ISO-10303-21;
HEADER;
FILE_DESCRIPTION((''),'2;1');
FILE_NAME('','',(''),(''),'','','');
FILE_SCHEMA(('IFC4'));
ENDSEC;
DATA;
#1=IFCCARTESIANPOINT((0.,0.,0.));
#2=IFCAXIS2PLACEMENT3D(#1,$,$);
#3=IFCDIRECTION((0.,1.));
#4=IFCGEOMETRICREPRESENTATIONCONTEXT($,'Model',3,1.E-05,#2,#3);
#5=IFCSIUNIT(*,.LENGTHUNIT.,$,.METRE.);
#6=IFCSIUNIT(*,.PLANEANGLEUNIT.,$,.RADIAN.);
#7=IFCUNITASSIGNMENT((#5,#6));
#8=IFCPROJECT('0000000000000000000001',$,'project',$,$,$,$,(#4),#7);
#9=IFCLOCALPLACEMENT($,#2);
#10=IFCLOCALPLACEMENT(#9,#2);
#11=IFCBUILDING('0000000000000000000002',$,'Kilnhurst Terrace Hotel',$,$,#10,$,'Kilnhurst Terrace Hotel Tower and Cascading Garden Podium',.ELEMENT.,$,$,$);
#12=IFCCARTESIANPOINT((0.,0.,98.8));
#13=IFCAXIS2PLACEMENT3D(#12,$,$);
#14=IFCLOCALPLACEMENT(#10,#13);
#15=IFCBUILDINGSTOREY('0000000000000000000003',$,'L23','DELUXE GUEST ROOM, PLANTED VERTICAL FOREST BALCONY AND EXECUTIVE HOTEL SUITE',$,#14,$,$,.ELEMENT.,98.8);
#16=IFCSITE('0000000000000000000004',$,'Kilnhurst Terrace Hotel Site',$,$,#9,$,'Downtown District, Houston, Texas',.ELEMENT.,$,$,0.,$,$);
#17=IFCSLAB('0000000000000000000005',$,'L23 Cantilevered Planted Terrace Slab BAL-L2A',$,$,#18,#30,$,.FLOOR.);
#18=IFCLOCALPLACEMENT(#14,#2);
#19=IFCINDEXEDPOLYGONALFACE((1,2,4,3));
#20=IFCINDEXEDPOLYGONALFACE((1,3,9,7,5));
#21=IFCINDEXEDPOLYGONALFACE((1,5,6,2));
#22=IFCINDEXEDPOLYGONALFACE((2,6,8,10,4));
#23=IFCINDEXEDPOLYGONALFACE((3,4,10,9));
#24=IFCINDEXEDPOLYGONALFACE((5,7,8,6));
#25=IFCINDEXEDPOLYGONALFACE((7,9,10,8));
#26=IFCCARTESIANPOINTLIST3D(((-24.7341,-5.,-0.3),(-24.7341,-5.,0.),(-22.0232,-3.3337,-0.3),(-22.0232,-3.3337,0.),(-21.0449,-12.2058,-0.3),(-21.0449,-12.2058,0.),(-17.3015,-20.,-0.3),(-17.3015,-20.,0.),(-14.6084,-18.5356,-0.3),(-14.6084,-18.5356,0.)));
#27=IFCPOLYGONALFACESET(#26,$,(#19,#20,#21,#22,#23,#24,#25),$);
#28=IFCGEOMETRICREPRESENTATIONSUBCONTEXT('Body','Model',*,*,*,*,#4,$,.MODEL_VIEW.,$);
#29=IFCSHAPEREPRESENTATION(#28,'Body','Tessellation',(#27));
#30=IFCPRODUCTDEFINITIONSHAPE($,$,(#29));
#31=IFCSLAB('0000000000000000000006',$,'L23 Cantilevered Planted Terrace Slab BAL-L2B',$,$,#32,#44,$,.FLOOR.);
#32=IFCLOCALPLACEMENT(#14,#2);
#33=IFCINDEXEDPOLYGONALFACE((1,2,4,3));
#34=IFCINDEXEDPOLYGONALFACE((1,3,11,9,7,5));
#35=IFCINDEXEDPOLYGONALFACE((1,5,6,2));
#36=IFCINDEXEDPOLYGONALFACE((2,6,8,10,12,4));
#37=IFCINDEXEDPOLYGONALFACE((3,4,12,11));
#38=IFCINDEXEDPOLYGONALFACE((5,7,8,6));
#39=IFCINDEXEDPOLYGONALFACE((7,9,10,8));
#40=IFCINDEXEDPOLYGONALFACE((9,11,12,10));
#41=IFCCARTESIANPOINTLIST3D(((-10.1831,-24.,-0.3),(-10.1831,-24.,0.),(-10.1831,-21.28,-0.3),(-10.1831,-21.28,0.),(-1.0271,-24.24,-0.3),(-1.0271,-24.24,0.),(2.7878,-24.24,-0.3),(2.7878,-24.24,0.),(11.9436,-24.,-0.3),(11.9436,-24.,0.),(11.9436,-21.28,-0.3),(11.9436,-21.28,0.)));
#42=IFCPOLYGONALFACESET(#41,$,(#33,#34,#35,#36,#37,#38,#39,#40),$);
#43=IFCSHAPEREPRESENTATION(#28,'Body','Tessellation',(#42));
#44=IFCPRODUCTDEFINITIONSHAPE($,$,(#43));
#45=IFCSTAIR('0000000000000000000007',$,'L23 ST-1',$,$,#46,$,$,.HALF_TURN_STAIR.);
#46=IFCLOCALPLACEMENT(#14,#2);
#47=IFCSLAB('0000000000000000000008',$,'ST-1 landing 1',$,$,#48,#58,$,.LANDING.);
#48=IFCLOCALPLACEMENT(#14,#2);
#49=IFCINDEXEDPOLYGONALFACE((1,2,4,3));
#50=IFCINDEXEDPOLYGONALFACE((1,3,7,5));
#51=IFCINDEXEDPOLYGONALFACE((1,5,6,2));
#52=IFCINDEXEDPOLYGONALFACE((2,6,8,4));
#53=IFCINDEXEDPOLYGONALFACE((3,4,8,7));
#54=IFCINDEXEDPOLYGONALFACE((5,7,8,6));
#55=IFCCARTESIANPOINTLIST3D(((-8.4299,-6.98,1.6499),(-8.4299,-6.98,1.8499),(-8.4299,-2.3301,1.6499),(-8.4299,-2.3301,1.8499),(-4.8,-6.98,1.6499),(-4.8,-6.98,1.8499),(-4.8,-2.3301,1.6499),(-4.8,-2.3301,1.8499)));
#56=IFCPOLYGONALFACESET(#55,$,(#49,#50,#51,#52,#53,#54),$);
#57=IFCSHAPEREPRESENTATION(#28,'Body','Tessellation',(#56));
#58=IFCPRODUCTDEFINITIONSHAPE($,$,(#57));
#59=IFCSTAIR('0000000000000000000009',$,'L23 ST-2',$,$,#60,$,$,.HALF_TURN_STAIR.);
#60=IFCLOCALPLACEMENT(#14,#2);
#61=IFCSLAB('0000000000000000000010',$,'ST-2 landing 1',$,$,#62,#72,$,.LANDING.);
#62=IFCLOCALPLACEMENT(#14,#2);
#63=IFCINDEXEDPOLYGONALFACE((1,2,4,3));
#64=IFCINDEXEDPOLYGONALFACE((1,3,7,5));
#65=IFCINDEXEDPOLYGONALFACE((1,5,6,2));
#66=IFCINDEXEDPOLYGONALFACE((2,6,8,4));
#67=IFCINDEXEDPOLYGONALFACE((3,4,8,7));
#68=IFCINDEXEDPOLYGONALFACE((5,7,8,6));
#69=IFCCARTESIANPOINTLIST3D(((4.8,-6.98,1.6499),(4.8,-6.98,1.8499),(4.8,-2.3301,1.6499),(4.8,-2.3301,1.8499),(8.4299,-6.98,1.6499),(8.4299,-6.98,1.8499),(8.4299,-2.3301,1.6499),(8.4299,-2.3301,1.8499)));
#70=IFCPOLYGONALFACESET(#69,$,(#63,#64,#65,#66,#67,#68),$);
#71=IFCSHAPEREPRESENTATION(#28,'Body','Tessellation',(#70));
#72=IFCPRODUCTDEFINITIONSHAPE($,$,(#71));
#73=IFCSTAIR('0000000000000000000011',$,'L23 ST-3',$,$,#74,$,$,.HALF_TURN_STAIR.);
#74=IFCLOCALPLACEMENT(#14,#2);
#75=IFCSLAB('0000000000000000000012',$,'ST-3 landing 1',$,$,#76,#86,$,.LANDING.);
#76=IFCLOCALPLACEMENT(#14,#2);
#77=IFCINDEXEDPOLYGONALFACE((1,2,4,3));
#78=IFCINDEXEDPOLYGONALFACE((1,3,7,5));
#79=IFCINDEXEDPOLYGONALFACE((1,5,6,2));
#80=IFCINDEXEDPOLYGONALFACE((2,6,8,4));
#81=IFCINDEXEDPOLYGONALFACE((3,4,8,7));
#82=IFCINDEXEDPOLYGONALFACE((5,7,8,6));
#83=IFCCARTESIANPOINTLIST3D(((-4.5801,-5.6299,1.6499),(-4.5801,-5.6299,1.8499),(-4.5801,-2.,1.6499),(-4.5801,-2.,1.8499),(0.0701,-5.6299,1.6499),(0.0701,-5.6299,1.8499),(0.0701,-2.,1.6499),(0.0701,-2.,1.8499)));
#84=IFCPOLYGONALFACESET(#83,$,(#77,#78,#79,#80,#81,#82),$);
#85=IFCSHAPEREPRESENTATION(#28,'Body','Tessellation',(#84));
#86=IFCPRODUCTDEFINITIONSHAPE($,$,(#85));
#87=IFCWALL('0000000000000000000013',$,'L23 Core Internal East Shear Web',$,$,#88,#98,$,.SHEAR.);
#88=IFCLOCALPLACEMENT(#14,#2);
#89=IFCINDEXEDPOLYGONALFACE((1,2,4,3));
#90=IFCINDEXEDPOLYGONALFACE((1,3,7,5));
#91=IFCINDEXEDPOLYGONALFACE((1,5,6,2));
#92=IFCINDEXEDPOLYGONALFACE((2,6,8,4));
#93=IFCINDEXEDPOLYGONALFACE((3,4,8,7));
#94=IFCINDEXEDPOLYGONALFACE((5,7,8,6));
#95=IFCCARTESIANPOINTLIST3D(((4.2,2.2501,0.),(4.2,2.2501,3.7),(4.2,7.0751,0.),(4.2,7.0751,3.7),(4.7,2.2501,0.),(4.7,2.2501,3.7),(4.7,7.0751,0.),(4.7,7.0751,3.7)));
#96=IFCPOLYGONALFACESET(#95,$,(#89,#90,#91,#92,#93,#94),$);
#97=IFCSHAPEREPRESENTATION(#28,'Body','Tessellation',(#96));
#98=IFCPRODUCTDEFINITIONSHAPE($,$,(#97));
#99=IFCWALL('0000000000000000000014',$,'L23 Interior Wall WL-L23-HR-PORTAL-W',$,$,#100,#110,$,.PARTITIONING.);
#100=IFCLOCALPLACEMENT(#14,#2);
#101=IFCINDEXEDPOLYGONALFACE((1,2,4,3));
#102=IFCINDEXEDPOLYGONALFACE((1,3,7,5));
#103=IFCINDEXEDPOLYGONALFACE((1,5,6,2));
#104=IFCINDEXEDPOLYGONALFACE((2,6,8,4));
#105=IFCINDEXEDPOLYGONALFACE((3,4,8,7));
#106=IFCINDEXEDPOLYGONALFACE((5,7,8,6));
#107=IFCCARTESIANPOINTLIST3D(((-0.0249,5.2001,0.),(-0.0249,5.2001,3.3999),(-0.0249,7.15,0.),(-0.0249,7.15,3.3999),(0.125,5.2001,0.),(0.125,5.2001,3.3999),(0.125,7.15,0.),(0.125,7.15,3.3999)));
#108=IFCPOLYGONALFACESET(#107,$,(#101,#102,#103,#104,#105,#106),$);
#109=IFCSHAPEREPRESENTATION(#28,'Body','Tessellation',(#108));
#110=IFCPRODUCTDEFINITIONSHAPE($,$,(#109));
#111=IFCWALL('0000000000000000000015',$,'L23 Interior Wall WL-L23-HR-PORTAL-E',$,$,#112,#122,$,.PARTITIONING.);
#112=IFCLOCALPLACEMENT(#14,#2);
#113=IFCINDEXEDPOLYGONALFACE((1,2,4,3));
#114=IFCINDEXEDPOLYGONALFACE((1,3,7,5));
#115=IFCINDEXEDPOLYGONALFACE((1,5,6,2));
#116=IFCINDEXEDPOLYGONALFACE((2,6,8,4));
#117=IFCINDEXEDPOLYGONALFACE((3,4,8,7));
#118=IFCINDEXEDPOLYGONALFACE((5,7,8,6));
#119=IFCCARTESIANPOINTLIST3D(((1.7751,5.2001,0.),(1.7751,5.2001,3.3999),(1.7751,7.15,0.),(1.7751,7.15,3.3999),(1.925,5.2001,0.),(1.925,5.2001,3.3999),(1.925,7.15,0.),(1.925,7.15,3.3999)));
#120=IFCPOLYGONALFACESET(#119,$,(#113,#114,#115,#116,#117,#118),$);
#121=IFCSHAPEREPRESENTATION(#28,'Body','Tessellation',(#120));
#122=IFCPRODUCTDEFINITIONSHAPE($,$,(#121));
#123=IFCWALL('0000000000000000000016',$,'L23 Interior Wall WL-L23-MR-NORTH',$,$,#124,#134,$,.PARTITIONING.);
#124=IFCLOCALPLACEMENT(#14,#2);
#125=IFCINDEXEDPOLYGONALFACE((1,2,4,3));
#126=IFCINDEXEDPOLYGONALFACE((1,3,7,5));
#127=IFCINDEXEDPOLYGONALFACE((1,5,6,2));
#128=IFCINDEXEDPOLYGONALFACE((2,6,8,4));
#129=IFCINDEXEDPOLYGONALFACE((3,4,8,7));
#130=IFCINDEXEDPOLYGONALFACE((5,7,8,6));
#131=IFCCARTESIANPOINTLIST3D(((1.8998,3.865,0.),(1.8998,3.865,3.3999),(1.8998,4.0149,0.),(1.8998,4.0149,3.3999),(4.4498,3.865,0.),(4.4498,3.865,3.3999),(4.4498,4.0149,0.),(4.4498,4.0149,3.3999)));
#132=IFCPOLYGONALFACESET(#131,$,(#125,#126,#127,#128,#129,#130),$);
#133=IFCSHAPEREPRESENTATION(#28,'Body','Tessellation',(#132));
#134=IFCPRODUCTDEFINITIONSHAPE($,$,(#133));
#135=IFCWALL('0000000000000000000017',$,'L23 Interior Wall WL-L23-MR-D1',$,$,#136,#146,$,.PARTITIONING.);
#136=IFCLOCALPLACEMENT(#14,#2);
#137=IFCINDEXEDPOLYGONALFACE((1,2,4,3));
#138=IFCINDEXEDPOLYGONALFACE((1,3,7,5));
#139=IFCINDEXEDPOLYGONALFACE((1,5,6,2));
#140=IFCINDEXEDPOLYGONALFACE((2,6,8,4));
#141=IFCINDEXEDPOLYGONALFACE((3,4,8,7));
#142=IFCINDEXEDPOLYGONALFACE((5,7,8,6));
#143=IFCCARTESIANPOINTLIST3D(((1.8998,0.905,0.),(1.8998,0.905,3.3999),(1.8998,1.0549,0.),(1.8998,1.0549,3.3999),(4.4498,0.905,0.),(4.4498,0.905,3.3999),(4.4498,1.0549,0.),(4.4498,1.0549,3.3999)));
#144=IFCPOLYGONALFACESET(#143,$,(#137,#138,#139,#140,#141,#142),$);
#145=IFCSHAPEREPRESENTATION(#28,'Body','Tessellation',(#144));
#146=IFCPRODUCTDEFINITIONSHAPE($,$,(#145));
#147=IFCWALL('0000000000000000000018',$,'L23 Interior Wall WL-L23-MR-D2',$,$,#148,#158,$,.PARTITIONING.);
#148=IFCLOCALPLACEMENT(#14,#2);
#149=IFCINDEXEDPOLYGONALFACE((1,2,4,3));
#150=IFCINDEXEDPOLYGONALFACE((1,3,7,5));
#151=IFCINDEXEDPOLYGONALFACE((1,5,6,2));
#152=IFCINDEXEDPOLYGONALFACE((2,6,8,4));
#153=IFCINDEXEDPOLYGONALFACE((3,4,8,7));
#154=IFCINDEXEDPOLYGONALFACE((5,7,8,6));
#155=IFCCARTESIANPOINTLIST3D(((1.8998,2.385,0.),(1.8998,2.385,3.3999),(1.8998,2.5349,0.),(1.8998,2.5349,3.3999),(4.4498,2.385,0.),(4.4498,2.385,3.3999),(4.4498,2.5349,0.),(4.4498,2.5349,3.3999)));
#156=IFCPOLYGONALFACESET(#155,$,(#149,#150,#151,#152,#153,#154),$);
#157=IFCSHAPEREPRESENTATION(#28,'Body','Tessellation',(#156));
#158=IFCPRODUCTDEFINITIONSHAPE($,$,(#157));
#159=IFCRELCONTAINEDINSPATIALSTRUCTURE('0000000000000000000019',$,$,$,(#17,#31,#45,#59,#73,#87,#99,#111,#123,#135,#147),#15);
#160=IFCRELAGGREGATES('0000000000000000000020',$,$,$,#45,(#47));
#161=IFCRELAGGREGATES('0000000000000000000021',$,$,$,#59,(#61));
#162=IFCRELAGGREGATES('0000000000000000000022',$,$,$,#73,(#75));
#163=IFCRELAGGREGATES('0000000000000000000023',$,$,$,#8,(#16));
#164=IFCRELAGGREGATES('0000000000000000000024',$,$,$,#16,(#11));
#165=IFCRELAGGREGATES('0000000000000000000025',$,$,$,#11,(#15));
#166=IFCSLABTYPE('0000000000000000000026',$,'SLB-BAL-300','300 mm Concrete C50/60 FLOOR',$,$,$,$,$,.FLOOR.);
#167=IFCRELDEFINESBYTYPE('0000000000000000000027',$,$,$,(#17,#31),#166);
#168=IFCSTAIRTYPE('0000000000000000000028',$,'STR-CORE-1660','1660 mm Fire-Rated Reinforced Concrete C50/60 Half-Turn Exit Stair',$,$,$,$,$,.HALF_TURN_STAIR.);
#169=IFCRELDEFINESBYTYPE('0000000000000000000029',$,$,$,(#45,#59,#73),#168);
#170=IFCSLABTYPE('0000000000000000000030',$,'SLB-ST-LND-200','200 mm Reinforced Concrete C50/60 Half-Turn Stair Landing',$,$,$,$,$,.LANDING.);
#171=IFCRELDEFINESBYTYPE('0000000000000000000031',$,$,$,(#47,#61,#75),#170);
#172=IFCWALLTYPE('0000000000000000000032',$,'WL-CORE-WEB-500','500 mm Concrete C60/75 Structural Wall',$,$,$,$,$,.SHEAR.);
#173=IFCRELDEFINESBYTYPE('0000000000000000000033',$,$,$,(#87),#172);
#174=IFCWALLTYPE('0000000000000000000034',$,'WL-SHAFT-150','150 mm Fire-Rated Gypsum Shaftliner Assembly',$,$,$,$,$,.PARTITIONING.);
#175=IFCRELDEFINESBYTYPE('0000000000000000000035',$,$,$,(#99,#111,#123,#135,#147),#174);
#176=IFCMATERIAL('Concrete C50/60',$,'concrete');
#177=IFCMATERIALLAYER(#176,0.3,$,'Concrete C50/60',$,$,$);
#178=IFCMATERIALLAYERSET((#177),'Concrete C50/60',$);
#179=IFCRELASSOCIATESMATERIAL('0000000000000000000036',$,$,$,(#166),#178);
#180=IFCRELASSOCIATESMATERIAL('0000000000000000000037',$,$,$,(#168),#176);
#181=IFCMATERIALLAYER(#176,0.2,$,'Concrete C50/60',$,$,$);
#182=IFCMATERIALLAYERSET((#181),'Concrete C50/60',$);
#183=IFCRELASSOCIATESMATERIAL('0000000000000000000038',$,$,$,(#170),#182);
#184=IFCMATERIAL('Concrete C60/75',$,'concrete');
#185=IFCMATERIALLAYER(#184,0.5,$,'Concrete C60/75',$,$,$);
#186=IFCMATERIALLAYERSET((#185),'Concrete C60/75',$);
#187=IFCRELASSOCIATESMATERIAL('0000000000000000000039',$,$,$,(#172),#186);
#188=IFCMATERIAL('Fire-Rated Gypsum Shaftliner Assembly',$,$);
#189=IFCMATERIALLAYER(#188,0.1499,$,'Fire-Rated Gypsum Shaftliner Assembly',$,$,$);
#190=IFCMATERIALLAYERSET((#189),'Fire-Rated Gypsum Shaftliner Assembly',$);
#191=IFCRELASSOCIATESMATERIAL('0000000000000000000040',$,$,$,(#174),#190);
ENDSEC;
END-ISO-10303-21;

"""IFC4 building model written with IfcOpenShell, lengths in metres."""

from ifc_helpers import new_model, si_unit, direction, frame, frame_2d, origin, place, context, subcontext, project, spatial, polyline, rectangle, outline, extrude, material, layer, layer_set, type_object, element, aggregate, save


model = new_model("IFC4")

# Units and contexts
model_context = context("Model", 3, precision=1e-05, world=origin(), true_north=direction((0.0, 1.0)))
body_context = subcontext(model_context, "Body", "Model", "MODEL_VIEW")
ifc_project = project(units=[si_unit("LENGTHUNIT", "METRE"), si_unit("PLANEANGLEUNIT", "RADIAN")], contexts=[model_context])

# Site, building, storey
site_placement = place(None, origin())
site = spatial("IfcSite", under=ifc_project, at=site_placement, Name="Kilnhurst Terrace Hotel Site", LongName="Downtown District, Houston, Texas", CompositionType="ELEMENT", RefElevation=0.0)
building_placement = place(site_placement, origin())
building = spatial("IfcBuilding", under=site, at=building_placement, Name="Kilnhurst Terrace Hotel", LongName="Kilnhurst Terrace Hotel Tower and Cascading Garden Podium", CompositionType="ELEMENT")
storey_placement = place(building_placement, frame((0.0, 0.0, 98.8)))
storey = spatial("IfcBuildingStorey", under=building, at=storey_placement, Name="L23", Description="DELUXE GUEST ROOM, PLANTED VERTICAL FOREST BALCONY AND EXECUTIVE HOTEL SUITE", CompositionType="ELEMENT", Elevation=98.8)

# Slabs
ifc_material_1 = material(Name="Concrete C50/60", Category="concrete")
ifc_layer_1 = layer(ifc_material_1, 0.3, Name="Concrete C50/60")
ifc_layer_set_1 = layer_set([ifc_layer_1], Name="Concrete C50/60")
slab_type_1 = type_object("IfcSlabType", Name="SLB-BAL-300", Description="300 mm Concrete C50/60 FLOOR", PredefinedType="FLOOR", material=ifc_layer_set_1)
slab_1_placement = place(storey_placement, frame((0.0, 0.0, -0.3)))
element("IfcSlab", 1, at=slab_1_placement, inside=storey, type_object=slab_type_1, Name="L23 Cantilevered Planted Terrace Slab BAL-L2A", PredefinedType="FLOOR", context=body_context, shape_type="SweptSolid", body=[
    extrude(outline(polyline([(-24.7341, -5.0), (-22.0232, -3.3337), (-14.6084, -18.5356), (-17.3015, -20.0), (-21.0449, -12.2058), (-24.7341, -5.0)])), origin(), (0.0, 0.0, 1.0), 0.3),
])
slab_2_placement = place(storey_placement, frame((0.0, 0.0, -0.3)))
element("IfcSlab", 2, at=slab_2_placement, inside=storey, type_object=slab_type_1, Name="L23 Cantilevered Planted Terrace Slab BAL-L2B", PredefinedType="FLOOR", context=body_context, shape_type="SweptSolid", body=[
    extrude(outline(polyline([(-1.0271, -24.24), (-10.1831, -24.0), (-10.1831, -21.28), (11.9436, -21.28), (11.9436, -24.0), (2.7878, -24.24), (-1.0271, -24.24)])), origin(), (0.0, 0.0, 1.0), 0.3),
])

# Stairs, slabs
stair_type = type_object("IfcStairType", Name="STR-CORE-1660", Description="1660 mm Fire-Rated Reinforced Concrete C50/60 Half-Turn Exit Stair", PredefinedType="HALF_TURN_STAIR", material=ifc_material_1)
stair_1_placement = place(storey_placement, origin())
stair_1 = element("IfcStair", 3, at=stair_1_placement, inside=storey, type_object=stair_type, Name="L23 ST-1", PredefinedType="HALF_TURN_STAIR")
ifc_layer_2 = layer(ifc_material_1, 0.2, Name="Concrete C50/60")
ifc_layer_set_2 = layer_set([ifc_layer_2], Name="Concrete C50/60")
slab_type_2 = type_object("IfcSlabType", Name="SLB-ST-LND-200", Description="200 mm Reinforced Concrete C50/60 Half-Turn Stair Landing", PredefinedType="LANDING", material=ifc_layer_set_2)
slab_3_placement = place(storey_placement, frame((0.0, 0.0, 1.6499)))
slab_3 = element("IfcSlab", 4, at=slab_3_placement, type_object=slab_type_2, Name="ST-1 landing 1", PredefinedType="LANDING", context=body_context, shape_type="SweptSolid", body=[
    extrude(outline(polyline([(-8.4299, -2.3301), (-4.8, -2.3301), (-4.8, -6.98), (-8.4299, -6.98), (-8.4299, -2.3301)])), origin(), (0.0, 0.0, 1.0), 0.2),
])
aggregate(stair_1, [slab_3])
stair_2_placement = place(storey_placement, origin())
stair_2 = element("IfcStair", 5, at=stair_2_placement, inside=storey, type_object=stair_type, Name="L23 ST-2", PredefinedType="HALF_TURN_STAIR")
slab_4_placement = place(storey_placement, frame((0.0, 0.0, 1.6499)))
slab_4 = element("IfcSlab", 6, at=slab_4_placement, type_object=slab_type_2, Name="ST-2 landing 1", PredefinedType="LANDING", context=body_context, shape_type="SweptSolid", body=[
    extrude(outline(polyline([(4.8, -2.3301), (8.4299, -2.3301), (8.4299, -6.98), (4.8, -6.98), (4.8, -2.3301)])), origin(), (0.0, 0.0, 1.0), 0.2),
])
aggregate(stair_2, [slab_4])
stair_3_placement = place(storey_placement, origin())
stair_3 = element("IfcStair", 7, at=stair_3_placement, inside=storey, type_object=stair_type, Name="L23 ST-3", PredefinedType="HALF_TURN_STAIR")
slab_5_placement = place(storey_placement, frame((0.0, 0.0, 1.6499)))
slab_5 = element("IfcSlab", 8, at=slab_5_placement, type_object=slab_type_2, Name="ST-3 landing 1", PredefinedType="LANDING", context=body_context, shape_type="SweptSolid", body=[
    extrude(outline(polyline([(0.0701, -2.0), (0.0701, -5.6299), (-4.5801, -5.6299), (-4.5801, -2.0), (0.0701, -2.0)])), origin(), (0.0, 0.0, 1.0), 0.2),
])
aggregate(stair_3, [slab_5])

# Walls
ifc_material_2 = material(Name="Concrete C60/75", Category="concrete")
ifc_layer_3 = layer(ifc_material_2, 0.5, Name="Concrete C60/75")
ifc_layer_set_3 = layer_set([ifc_layer_3], Name="Concrete C60/75")
wall_type_1 = type_object("IfcWallType", Name="WL-CORE-WEB-500", Description="500 mm Concrete C60/75 Structural Wall", PredefinedType="SHEAR", material=ifc_layer_set_3)
wall_1_placement = place(storey_placement, frame((4.45, 2.25, 0.0), z_axis=(0.0, 0.0, 1.0), x_axis=(0.0, 1.0, 0.0)))
element("IfcWall", 9, at=wall_1_placement, inside=storey, type_object=wall_type_1, Name="L23 Core Internal East Shear Web", PredefinedType="SHEAR", context=body_context, shape_type="SweptSolid", body=[
    extrude(rectangle(XDim=4.825, YDim=0.5, at=frame_2d((2.4126, 0.0))), origin(), (0.0, 0.0, 1.0), 3.7),
])
ifc_material_3 = material(Name="Fire-Rated Gypsum Shaftliner Assembly")
ifc_layer_4 = layer(ifc_material_3, 0.1499, Name="Fire-Rated Gypsum Shaftliner Assembly")
ifc_layer_set_4 = layer_set([ifc_layer_4], Name="Fire-Rated Gypsum Shaftliner Assembly")
wall_type_2 = type_object("IfcWallType", Name="WL-SHAFT-150", Description="150 mm Fire-Rated Gypsum Shaftliner Assembly", PredefinedType="PARTITIONING", material=ifc_layer_set_4)
for number, where, z_axis, x_axis, name in (
    (10, (0.05, 5.2, 0.0), (0.0, 0.0, 1.0), (0.0, 1.0, 0.0), "L23 Interior Wall WL-L23-HR-PORTAL-W"),
    (11, (1.8501, 5.2, 0.0), (0.0, 0.0, 1.0), (0.0, 1.0, 0.0), "L23 Interior Wall WL-L23-HR-PORTAL-E"),
):
    element("IfcWall", number, at=place(storey_placement, frame(where, z_axis=z_axis, x_axis=x_axis)), inside=storey, type_object=wall_type_2, Name=name, PredefinedType="PARTITIONING", context=body_context, shape_type="SweptSolid", body=[
        extrude(rectangle(XDim=1.95, YDim=0.1499, at=frame_2d((0.9751, 0.0))), origin(), (0.0, 0.0, 1.0), 3.3999),
    ])
for number, where, z_axis, x_axis, name in (
    (12, (1.8999, 3.9399, 0.0), (0.0, 0.0, 1.0), (1.0, 0.0, 0.0), "L23 Interior Wall WL-L23-MR-NORTH"),
    (13, (1.8999, 0.98, 0.0), (0.0, 0.0, 1.0), (1.0, 0.0, 0.0), "L23 Interior Wall WL-L23-MR-D1"),
    (14, (1.8999, 2.46, 0.0), (0.0, 0.0, 1.0), (1.0, 0.0, 0.0), "L23 Interior Wall WL-L23-MR-D2"),
):
    element("IfcWall", number, at=place(storey_placement, frame(where, z_axis=z_axis, x_axis=x_axis)), inside=storey, type_object=wall_type_2, Name=name, PredefinedType="PARTITIONING", context=body_context, shape_type="SweptSolid", body=[
        extrude(rectangle(XDim=2.55, YDim=0.1499, at=frame_2d((1.2749, 0.0))), origin(), (0.0, 0.0, 1.0), 3.3999),
    ])

save(model, "model.ifc")
